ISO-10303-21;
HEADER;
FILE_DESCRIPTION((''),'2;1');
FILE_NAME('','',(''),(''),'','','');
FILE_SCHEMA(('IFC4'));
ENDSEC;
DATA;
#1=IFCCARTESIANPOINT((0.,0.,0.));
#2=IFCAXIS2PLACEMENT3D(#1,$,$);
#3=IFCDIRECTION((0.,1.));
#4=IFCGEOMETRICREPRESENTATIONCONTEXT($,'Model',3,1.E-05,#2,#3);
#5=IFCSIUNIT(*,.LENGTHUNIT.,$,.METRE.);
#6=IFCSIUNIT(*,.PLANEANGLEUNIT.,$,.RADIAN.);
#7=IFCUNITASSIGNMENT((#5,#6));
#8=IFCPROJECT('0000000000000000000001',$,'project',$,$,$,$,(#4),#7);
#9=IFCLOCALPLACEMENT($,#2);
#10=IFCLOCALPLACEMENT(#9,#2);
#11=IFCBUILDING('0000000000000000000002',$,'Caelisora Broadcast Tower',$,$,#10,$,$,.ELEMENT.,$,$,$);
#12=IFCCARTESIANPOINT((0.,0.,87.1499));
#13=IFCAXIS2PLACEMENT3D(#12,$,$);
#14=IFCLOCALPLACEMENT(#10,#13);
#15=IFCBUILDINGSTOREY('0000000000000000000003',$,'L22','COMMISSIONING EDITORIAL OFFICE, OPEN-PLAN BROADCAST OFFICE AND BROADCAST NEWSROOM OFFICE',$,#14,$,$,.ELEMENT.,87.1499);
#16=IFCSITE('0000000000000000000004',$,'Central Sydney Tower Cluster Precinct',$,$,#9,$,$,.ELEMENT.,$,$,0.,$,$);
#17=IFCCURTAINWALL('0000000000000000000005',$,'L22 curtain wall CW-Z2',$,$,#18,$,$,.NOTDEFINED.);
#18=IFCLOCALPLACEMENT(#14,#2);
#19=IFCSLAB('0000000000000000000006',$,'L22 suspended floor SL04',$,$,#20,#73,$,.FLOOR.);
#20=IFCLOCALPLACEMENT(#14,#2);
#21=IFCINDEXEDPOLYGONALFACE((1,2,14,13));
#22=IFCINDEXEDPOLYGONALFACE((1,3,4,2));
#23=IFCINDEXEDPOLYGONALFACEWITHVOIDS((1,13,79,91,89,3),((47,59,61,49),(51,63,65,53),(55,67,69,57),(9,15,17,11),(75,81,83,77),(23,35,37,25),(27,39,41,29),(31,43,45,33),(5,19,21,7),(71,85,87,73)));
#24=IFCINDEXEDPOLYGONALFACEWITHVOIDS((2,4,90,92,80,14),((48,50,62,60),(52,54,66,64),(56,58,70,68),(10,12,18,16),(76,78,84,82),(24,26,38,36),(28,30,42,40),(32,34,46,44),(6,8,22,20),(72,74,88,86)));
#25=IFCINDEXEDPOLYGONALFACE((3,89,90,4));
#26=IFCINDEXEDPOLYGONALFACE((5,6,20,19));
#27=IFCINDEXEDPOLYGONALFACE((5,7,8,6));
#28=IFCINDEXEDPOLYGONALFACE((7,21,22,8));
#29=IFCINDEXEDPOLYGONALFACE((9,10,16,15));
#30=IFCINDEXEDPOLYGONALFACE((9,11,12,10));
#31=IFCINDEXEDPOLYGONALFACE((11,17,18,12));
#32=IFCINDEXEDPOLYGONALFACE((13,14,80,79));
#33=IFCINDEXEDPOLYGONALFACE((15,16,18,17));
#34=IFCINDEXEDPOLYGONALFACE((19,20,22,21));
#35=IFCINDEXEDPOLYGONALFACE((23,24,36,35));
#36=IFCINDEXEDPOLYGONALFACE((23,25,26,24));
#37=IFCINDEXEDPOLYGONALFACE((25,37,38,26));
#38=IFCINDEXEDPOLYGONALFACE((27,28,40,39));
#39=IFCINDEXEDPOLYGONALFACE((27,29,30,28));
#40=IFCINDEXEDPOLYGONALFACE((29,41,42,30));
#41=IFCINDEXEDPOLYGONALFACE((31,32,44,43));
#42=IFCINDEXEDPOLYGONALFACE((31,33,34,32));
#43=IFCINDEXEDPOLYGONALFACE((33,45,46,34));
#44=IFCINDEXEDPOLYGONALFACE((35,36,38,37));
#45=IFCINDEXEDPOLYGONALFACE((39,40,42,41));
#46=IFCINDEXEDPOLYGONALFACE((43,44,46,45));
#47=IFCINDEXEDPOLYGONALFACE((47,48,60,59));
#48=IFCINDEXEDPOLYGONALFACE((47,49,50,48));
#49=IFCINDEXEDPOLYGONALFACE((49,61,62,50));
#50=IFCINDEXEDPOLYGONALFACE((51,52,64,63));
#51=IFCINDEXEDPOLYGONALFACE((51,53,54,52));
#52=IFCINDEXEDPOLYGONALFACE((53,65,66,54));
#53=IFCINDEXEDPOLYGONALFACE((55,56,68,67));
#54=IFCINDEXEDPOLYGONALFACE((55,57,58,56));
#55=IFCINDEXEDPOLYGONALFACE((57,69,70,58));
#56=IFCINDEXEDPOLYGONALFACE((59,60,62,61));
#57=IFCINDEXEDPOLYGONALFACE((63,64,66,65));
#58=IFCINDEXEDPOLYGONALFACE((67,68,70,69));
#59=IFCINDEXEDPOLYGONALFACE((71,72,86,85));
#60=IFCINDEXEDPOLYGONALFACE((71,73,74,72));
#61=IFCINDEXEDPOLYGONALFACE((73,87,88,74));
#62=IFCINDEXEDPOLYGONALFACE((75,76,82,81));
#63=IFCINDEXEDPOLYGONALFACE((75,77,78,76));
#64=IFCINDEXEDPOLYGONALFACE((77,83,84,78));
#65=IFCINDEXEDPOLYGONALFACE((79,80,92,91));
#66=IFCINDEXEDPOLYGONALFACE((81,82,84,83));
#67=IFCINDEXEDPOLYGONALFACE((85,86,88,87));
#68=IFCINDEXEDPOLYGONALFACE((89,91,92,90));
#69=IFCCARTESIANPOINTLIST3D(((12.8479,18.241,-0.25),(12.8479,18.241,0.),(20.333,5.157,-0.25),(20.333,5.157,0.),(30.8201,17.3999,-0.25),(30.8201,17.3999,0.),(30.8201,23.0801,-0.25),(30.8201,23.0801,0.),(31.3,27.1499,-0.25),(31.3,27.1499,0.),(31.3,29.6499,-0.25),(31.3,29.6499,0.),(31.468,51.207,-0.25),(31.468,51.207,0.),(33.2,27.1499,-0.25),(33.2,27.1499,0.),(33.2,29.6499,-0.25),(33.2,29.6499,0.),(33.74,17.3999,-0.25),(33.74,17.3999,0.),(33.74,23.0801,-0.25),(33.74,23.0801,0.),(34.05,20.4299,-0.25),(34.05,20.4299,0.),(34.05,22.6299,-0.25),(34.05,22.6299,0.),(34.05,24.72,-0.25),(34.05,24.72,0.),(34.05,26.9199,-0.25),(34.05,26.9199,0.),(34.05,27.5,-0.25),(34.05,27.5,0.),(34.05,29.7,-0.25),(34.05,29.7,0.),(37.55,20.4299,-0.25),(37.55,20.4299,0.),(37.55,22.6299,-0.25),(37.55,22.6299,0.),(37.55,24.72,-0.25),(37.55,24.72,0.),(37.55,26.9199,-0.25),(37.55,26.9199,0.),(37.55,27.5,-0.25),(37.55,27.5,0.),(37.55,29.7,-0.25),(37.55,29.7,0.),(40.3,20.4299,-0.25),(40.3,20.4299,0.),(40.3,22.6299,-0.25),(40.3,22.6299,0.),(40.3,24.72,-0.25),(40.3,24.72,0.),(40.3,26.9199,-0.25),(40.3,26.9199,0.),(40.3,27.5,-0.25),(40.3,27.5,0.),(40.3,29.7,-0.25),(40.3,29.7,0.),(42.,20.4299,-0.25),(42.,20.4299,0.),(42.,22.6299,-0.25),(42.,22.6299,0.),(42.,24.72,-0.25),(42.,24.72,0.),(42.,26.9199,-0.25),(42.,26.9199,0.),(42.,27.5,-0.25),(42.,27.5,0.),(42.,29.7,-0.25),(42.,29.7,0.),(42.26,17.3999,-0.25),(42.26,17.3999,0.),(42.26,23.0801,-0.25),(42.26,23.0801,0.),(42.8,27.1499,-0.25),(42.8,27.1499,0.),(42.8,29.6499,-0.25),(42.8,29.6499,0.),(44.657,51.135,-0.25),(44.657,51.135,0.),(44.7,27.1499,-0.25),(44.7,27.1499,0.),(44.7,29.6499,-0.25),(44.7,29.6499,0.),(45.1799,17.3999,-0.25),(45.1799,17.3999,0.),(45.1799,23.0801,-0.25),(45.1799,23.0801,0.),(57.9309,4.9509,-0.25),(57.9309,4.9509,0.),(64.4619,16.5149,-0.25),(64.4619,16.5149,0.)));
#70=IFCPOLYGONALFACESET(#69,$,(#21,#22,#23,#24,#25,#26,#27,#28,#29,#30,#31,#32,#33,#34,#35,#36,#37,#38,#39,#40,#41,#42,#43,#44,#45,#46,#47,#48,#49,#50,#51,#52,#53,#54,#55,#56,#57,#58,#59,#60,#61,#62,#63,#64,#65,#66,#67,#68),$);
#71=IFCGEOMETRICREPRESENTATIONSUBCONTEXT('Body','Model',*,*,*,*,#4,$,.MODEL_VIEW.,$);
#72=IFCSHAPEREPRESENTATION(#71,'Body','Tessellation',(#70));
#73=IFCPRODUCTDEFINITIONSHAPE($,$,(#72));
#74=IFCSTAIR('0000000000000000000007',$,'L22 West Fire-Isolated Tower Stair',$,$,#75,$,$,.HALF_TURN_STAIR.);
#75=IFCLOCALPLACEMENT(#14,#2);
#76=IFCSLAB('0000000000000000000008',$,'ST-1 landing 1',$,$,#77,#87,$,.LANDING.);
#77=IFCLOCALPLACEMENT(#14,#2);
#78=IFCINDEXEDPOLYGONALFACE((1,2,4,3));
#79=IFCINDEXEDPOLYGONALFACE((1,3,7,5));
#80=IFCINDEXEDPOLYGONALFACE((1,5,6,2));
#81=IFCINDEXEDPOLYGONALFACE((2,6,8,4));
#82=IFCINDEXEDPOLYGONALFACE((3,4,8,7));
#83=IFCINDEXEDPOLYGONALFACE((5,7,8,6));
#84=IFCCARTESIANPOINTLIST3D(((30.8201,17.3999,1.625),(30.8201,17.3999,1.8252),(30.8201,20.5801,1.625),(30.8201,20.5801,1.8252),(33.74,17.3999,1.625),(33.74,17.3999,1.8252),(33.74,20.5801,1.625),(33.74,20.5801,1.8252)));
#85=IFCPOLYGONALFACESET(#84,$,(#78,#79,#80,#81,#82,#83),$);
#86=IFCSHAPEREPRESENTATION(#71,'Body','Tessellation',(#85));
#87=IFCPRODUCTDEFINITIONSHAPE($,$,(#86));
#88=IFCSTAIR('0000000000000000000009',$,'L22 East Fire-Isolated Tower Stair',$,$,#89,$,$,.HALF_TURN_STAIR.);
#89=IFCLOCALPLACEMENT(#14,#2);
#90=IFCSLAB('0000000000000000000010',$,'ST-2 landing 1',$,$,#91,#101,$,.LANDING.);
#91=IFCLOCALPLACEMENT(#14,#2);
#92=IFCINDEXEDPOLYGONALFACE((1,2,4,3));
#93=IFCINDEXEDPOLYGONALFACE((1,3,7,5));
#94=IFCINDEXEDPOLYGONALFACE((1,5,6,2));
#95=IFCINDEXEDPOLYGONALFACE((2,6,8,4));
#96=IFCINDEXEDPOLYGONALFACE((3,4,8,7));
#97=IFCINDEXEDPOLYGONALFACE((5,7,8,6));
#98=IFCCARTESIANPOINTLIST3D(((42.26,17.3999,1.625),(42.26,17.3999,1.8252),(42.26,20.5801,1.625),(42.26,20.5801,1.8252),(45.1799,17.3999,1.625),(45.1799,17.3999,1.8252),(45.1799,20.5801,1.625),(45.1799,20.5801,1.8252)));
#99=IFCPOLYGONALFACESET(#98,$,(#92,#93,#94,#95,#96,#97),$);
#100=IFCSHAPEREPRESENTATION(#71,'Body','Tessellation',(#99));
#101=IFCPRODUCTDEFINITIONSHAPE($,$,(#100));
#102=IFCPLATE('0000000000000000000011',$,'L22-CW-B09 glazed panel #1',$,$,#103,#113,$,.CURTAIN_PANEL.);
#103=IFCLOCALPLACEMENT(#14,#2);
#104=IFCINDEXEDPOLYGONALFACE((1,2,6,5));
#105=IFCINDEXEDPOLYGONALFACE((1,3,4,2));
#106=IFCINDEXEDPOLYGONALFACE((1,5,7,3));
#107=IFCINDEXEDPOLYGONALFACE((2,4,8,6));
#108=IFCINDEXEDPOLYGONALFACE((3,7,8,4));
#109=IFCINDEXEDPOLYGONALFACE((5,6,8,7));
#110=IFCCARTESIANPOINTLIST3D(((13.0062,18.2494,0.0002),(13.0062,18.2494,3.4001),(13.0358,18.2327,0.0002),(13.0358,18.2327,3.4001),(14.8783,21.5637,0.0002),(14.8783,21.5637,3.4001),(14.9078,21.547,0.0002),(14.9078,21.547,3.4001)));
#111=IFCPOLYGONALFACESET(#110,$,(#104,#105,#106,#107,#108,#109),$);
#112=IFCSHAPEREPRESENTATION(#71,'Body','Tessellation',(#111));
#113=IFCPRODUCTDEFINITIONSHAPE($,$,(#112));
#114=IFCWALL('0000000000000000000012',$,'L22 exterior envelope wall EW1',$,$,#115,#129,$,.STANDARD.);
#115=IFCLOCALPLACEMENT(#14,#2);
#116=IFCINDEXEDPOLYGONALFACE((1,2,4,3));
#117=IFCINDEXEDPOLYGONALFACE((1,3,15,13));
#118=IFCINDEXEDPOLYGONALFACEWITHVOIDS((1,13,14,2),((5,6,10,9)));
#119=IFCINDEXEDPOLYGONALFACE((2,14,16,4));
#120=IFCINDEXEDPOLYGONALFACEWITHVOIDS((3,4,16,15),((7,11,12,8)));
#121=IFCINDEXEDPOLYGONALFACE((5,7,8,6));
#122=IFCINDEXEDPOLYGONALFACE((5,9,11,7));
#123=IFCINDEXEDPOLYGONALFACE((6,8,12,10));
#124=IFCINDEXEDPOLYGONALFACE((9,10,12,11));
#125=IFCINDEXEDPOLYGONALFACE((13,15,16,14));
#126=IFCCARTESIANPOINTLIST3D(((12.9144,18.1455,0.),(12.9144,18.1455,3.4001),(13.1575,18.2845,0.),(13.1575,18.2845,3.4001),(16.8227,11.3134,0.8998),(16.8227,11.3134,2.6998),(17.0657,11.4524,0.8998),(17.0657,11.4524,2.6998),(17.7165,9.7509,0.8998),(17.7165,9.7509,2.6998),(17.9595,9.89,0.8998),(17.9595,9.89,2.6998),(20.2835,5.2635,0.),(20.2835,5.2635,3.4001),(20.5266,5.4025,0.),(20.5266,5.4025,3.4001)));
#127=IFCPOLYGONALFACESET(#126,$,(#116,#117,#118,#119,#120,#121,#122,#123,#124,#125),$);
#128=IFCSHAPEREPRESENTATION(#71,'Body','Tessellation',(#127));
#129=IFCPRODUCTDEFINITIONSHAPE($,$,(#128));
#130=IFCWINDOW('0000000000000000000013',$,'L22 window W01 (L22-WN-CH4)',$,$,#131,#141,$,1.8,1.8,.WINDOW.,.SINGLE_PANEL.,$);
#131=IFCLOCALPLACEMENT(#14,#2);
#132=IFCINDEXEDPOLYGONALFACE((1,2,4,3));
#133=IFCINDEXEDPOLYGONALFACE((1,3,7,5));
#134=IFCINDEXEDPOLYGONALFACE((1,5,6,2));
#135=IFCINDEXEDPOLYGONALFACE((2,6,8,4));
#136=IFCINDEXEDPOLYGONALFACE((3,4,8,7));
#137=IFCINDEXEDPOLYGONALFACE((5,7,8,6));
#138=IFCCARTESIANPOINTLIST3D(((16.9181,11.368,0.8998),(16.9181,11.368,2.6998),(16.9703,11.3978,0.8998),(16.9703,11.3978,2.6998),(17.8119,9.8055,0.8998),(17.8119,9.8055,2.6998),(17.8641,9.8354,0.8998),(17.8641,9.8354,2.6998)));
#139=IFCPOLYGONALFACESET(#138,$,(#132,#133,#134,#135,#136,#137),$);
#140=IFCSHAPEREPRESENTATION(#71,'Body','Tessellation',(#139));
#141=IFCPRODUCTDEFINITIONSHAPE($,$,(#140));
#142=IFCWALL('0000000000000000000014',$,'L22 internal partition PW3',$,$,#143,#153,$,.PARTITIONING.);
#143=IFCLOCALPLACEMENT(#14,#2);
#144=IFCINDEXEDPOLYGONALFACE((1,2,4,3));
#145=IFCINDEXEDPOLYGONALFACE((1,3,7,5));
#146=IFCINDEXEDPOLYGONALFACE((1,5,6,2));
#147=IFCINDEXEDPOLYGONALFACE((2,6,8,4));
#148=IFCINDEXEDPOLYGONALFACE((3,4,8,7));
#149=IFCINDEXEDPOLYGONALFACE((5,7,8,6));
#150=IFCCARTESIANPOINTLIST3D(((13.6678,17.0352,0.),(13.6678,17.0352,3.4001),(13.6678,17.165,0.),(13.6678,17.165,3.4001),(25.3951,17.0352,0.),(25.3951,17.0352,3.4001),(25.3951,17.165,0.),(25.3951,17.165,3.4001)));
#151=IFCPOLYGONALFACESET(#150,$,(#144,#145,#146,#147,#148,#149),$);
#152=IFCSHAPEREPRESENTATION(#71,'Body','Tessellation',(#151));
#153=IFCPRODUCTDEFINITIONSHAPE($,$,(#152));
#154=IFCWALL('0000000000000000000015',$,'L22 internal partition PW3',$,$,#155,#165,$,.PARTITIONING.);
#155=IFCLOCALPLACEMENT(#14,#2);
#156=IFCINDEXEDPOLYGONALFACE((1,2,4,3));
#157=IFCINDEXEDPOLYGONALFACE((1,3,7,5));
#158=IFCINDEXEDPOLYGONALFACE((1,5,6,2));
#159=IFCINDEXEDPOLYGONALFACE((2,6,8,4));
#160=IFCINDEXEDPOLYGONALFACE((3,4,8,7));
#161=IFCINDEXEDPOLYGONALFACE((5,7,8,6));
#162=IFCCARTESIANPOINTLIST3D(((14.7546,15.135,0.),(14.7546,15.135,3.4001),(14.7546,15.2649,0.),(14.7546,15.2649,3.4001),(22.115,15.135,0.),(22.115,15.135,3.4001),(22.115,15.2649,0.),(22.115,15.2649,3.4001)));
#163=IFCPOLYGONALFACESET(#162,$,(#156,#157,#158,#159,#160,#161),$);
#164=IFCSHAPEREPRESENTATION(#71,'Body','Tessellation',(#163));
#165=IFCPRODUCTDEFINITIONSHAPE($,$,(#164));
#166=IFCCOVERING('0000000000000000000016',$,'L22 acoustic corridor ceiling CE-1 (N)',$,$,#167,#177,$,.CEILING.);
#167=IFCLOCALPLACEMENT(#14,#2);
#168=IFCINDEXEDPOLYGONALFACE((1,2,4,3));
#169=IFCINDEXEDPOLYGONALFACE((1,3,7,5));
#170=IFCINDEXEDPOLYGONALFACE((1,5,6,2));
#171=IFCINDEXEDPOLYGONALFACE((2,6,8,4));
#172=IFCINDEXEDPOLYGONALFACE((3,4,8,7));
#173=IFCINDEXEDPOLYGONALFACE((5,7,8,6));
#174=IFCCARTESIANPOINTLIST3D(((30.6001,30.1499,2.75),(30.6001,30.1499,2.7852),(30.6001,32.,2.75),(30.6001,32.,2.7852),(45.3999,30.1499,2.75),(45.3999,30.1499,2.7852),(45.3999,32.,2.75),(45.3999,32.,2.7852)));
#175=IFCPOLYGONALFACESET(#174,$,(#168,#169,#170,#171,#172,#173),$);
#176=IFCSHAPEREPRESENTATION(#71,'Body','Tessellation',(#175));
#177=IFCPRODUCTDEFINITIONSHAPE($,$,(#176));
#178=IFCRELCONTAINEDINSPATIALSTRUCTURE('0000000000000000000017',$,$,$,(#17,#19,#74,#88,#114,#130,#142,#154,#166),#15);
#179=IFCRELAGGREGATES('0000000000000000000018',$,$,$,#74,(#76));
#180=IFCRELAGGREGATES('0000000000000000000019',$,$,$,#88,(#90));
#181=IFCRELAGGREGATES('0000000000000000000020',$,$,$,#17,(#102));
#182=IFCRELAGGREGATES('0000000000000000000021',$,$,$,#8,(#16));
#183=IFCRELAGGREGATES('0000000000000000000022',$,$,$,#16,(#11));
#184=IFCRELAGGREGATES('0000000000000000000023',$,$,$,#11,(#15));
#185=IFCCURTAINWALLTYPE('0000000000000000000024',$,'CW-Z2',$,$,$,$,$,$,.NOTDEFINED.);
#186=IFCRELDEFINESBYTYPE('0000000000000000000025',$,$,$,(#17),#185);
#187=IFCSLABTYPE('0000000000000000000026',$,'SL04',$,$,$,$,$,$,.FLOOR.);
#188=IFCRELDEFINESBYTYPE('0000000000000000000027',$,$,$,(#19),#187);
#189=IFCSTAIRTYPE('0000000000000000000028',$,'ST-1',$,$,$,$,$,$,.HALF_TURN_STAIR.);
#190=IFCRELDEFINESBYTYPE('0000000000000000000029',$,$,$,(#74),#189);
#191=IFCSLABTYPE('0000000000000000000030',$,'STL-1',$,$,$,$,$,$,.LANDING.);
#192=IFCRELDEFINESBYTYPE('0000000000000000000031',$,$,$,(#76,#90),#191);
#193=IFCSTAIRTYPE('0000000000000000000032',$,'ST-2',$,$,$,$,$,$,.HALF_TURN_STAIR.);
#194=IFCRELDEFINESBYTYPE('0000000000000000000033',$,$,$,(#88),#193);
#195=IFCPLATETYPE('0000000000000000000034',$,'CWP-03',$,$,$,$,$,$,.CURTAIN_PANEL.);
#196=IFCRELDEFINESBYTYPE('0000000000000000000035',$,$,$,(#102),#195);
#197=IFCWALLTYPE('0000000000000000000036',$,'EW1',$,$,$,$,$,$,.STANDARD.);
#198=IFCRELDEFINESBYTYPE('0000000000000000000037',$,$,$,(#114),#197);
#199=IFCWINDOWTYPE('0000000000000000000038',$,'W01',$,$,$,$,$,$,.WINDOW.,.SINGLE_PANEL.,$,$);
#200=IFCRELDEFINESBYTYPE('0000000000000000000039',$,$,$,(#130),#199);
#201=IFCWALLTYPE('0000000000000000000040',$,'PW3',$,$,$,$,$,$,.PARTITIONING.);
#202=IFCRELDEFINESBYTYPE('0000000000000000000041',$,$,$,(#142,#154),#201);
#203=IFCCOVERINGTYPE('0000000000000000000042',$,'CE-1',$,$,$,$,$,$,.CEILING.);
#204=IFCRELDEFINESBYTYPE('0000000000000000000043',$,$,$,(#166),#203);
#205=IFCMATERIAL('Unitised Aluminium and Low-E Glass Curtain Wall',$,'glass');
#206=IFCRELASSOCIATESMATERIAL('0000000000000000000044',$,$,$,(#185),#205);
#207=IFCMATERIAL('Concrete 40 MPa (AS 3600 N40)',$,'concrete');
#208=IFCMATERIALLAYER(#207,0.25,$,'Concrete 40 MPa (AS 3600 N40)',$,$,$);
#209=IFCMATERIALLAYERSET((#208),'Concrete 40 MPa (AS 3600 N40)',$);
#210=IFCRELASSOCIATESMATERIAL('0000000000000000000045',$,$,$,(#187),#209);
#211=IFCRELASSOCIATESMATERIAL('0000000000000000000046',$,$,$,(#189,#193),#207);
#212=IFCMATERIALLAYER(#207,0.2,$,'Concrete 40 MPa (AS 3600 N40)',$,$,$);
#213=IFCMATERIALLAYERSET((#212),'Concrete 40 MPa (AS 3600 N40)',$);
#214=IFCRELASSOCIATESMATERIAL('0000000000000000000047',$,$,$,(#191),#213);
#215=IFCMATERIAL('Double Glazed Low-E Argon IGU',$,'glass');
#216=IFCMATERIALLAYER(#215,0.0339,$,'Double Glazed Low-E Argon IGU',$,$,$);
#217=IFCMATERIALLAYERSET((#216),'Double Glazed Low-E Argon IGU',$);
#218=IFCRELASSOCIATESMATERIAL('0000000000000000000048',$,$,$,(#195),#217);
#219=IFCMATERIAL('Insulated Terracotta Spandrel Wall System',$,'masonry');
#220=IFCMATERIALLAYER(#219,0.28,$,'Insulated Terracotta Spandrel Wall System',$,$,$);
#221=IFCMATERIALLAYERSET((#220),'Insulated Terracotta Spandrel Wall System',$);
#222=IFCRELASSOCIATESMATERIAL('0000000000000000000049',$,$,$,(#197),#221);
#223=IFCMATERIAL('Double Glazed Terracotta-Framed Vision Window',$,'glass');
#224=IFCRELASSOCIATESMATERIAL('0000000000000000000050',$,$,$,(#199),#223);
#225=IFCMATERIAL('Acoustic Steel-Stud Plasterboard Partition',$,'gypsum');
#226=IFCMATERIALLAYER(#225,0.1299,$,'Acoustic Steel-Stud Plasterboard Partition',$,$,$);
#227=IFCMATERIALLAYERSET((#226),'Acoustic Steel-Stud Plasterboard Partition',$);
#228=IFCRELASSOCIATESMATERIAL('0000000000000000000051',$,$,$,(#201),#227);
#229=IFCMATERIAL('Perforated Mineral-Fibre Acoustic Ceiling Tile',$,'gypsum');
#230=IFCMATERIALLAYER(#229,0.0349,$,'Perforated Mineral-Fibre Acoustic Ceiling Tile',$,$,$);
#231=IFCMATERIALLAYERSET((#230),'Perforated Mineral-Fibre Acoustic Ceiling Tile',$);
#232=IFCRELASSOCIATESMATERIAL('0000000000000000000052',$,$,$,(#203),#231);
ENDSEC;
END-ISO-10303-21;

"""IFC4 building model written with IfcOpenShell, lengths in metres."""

from ifc_helpers import new_model, si_unit, direction, frame, frame_2d, origin, origin_2d, place, context, subcontext, project, spatial, polyline, rectangle, outline, extrude, source, transform, mapped, material, layer, layer_set, type_object, type_shapes, element, fill, aggregate, save


model = new_model("IFC4")

# Units and contexts
model_context = context("Model", 3, precision=1e-05, world=origin(), true_north=direction((0.0, 1.0)))
body_context = subcontext(model_context, "Body", "Model", "MODEL_VIEW")
ifc_project = project(units=[si_unit("LENGTHUNIT", "METRE"), si_unit("PLANEANGLEUNIT", "RADIAN")], contexts=[model_context])

# Site, building, storey
site_placement = place(None, origin())
site = spatial("IfcSite", under=ifc_project, at=site_placement, Name="Central Sydney Tower Cluster Precinct", CompositionType="ELEMENT", RefElevation=0.0)
building_placement = place(site_placement, origin())
building = spatial("IfcBuilding", under=site, at=building_placement, Name="Caelisora Broadcast Tower", CompositionType="ELEMENT")
storey_placement = place(building_placement, frame((0.0, 0.0, 87.1499)))
storey = spatial("IfcBuildingStorey", under=building, at=storey_placement, Name="L22", Description="COMMISSIONING EDITORIAL OFFICE, OPEN-PLAN BROADCAST OFFICE AND BROADCAST NEWSROOM OFFICE", CompositionType="ELEMENT", Elevation=87.1499)

# Curtain wall
ifc_material_1 = material(Name="Unitised Aluminium and Low-E Glass Curtain Wall", Category="glass")
curtain_wall_type = type_object("IfcCurtainWallType", Name="CW-Z2", PredefinedType="NOTDEFINED", material=ifc_material_1)
curtain_wall_placement = place(storey_placement, origin())
curtain_wall = element("IfcCurtainWall", 1, at=curtain_wall_placement, inside=storey, type_object=curtain_wall_type, Name="L22 curtain wall CW-Z2", PredefinedType="NOTDEFINED")

# Slab
ifc_material_2 = material(Name="Concrete 40 MPa (AS 3600 N40)", Category="concrete")
ifc_layer_1 = layer(ifc_material_2, 0.25, Name="Concrete 40 MPa (AS 3600 N40)")
ifc_layer_set_1 = layer_set([ifc_layer_1], Name="Concrete 40 MPa (AS 3600 N40)")
slab_type_1 = type_object("IfcSlabType", Name="SL04", PredefinedType="FLOOR", material=ifc_layer_set_1)
slab_1_placement = place(storey_placement, frame((0.0, 0.0, -0.25)))
element("IfcSlab", 2, at=slab_1_placement, inside=storey, type_object=slab_type_1, Name="L22 suspended floor SL04", PredefinedType="FLOOR", context=body_context, shape_type="SweptSolid", body=[
    extrude(outline(polyline([(44.657, 51.135), (31.468, 51.207), (12.8479, 18.241), (20.333, 5.157), (57.9309, 4.9509), (64.4619, 16.5149), (44.657, 51.135)]), holes=[polyline([(30.8201, 17.3999), (33.74, 17.3999), (33.74, 23.0801), (30.8201, 23.0801), (30.8201, 17.3999)]), polyline([(42.26, 17.3999), (45.1799, 17.3999), (45.1799, 23.0801), (42.26, 23.0801), (42.26, 17.3999)]), polyline([(42.8, 27.1499), (44.7, 27.1499), (44.7, 29.6499), (42.8, 29.6499), (42.8, 27.1499)]), polyline([(40.3, 20.4299), (42.0, 20.4299), (42.0, 22.6299), (40.3, 22.6299), (40.3, 20.4299)]), polyline([(40.3, 24.72), (42.0, 24.72), (42.0, 26.9199), (40.3, 26.9199), (40.3, 24.72)]), polyline([(40.3, 27.5), (42.0, 27.5), (42.0, 29.7), (40.3, 29.7), (40.3, 27.5)]), polyline([(34.05, 20.4299), (37.55, 20.4299), (37.55, 22.6299), (34.05, 22.6299), (34.05, 20.4299)]), polyline([(34.05, 24.72), (37.55, 24.72), (37.55, 26.9199), (34.05, 26.9199), (34.05, 24.72)]), polyline([(34.05, 27.5), (37.55, 27.5), (37.55, 29.7), (34.05, 29.7), (34.05, 27.5)]), polyline([(31.3, 27.1499), (33.2, 27.1499), (33.2, 29.6499), (31.3, 29.6499), (31.3, 27.1499)])]), origin(), (0.0, 0.0, 1.0), 0.25),
])

# Stairs, slabs
stair_type_1 = type_object("IfcStairType", Name="ST-1", PredefinedType="HALF_TURN_STAIR", material=ifc_material_2)
stair_1_placement = place(storey_placement, origin())
stair_1 = element("IfcStair", 3, at=stair_1_placement, inside=storey, type_object=stair_type_1, Name="L22 West Fire-Isolated Tower Stair", PredefinedType="HALF_TURN_STAIR")
ifc_layer_2 = layer(ifc_material_2, 0.2, Name="Concrete 40 MPa (AS 3600 N40)")
ifc_layer_set_2 = layer_set([ifc_layer_2], Name="Concrete 40 MPa (AS 3600 N40)")
slab_type_2 = type_object("IfcSlabType", Name="STL-1", PredefinedType="LANDING", material=ifc_layer_set_2)
slab_2_placement = place(storey_placement, frame((0.0, 0.0, 1.625)))
slab_2 = element("IfcSlab", 4, at=slab_2_placement, type_object=slab_type_2, Name="ST-1 landing 1", PredefinedType="LANDING", context=body_context, shape_type="SweptSolid", body=[
    extrude(outline(polyline([(30.8201, 20.5801), (30.8201, 17.3999), (33.74, 17.3999), (33.74, 20.5801), (30.8201, 20.5801)])), origin(), (0.0, 0.0, 1.0), 0.2002),
])
aggregate(stair_1, [slab_2])
stair_type_2 = type_object("IfcStairType", Name="ST-2", PredefinedType="HALF_TURN_STAIR", material=ifc_material_2)
stair_2_placement = place(storey_placement, origin())
stair_2 = element("IfcStair", 5, at=stair_2_placement, inside=storey, type_object=stair_type_2, Name="L22 East Fire-Isolated Tower Stair", PredefinedType="HALF_TURN_STAIR")
slab_3_placement = place(storey_placement, frame((0.0, 0.0, 1.625)))
slab_3 = element("IfcSlab", 6, at=slab_3_placement, type_object=slab_type_2, Name="ST-2 landing 1", PredefinedType="LANDING", context=body_context, shape_type="SweptSolid", body=[
    extrude(outline(polyline([(42.26, 20.5801), (42.26, 17.3999), (45.1799, 17.3999), (45.1799, 20.5801), (42.26, 20.5801)])), origin(), (0.0, 0.0, 1.0), 0.2002),
])
aggregate(stair_2, [slab_3])

# Plate
ifc_material_3 = material(Name="Double Glazed Low-E Argon IGU", Category="glass")
ifc_layer_3 = layer(ifc_material_3, 0.0339, Name="Double Glazed Low-E Argon IGU")
ifc_layer_set_3 = layer_set([ifc_layer_3], Name="Double Glazed Low-E Argon IGU")
plate_type = type_object("IfcPlateType", Name="CWP-03", PredefinedType="CURTAIN_PANEL", material=ifc_layer_set_3)
shared_shape_1 = source(origin(), body_context, "Body", "SweptSolid", [
    extrude(rectangle(XDim=3.8064, YDim=0.0339, at=origin_2d()), origin(), (0.0, 0.0, 1.0), 3.3999),
])
type_shapes(plate_type, [shared_shape_1])
plate_placement = place(storey_placement, frame((13.957, 19.8982, 0.0002), z_axis=(0.0, 0.0, 1.0), x_axis=(0.491816, 0.870699, 0.0)))
plate = element("IfcPlate", 7, at=plate_placement, type_object=plate_type, Name="L22-CW-B09 glazed panel #1", PredefinedType="CURTAIN_PANEL", context=body_context, shape_type="MappedRepresentation", body=[
    mapped(shared_shape_1, transform((0.0, 0.0, 0.0), scale=1.0)),
])
aggregate(curtain_wall, [plate])

# Wall, opening, window
ifc_material_4 = material(Name="Insulated Terracotta Spandrel Wall System", Category="masonry")
ifc_layer_4 = layer(ifc_material_4, 0.28, Name="Insulated Terracotta Spandrel Wall System")
ifc_layer_set_4 = layer_set([ifc_layer_4], Name="Insulated Terracotta Spandrel Wall System")
wall_type_1 = type_object("IfcWallType", Name="EW1", PredefinedType="STANDARD", material=ifc_layer_set_4)
wall_1_placement = place(storey_placement, frame((20.405, 5.333, 0.0), z_axis=(0.0, 0.0, 1.0), x_axis=(-0.496543, 0.868012, 0.0)))
wall_1 = element("IfcWall", 8, at=wall_1_placement, inside=storey, type_object=wall_type_1, Name="L22 exterior envelope wall EW1", PredefinedType="STANDARD", context=body_context, shape_type="SweptSolid", body=[
    extrude(rectangle(XDim=14.8408, YDim=0.28, at=frame_2d((7.4204, 0.0))), origin(), (0.0, 0.0, 1.0), 3.4001),
])
opening_placement = place(wall_1_placement, frame((5.1699, 0.0, 0.8999)))
opening = element("IfcOpeningElement", 9, at=opening_placement, cuts=wall_1, PredefinedType="OPENING", context=body_context, shape_type="SweptSolid", body=[
    extrude(rectangle(XDim=1.8, YDim=1.8, at=frame_2d((0.8999, 0.8999))), frame((0.0, 0.1521, 0.0), z_axis=(0.0, -1.0, 0.0), x_axis=(1.0, 0.0, 0.0)), (0.0, 0.0, 1.0), 0.304),
])
ifc_material_5 = material(Name="Double Glazed Terracotta-Framed Vision Window", Category="glass")
window_type = type_object("IfcWindowType", Name="W01", PartitioningType="SINGLE_PANEL", PredefinedType="WINDOW", material=ifc_material_5)
window_placement = place(opening_placement, origin())
window = element("IfcWindow", 10, at=window_placement, inside=storey, type_object=window_type, Name="L22 window W01 (L22-WN-CH4)", OverallHeight=1.8, OverallWidth=1.8, PartitioningType="SINGLE_PANEL", PredefinedType="WINDOW", context=body_context, shape_type="SweptSolid", body=[
    extrude(rectangle(XDim=1.8, YDim=1.8, at=frame_2d((0.8999, 0.8999))), frame((0.0, 0.03, 0.0), z_axis=(0.0, -1.0, 0.0), x_axis=(1.0, 0.0, 0.0)), (0.0, 0.0, 1.0), 0.0601),
])
fill(opening, window)

# Walls
ifc_material_6 = material(Name="Acoustic Steel-Stud Plasterboard Partition", Category="gypsum")
ifc_layer_5 = layer(ifc_material_6, 0.1299, Name="Acoustic Steel-Stud Plasterboard Partition")
ifc_layer_set_5 = layer_set([ifc_layer_5], Name="Acoustic Steel-Stud Plasterboard Partition")
wall_type_2 = type_object("IfcWallType", Name="PW3", PredefinedType="PARTITIONING", material=ifc_layer_set_5)
wall_2_placement = place(storey_placement, frame((13.6677, 17.1001, 0.0), z_axis=(0.0, 0.0, 1.0), x_axis=(1.0, 0.0, 0.0)))
element("IfcWall", 11, at=wall_2_placement, inside=storey, type_object=wall_type_2, Name="L22 internal partition PW3", PredefinedType="PARTITIONING", context=body_context, shape_type="SweptSolid", body=[
    extrude(rectangle(XDim=11.7273, YDim=0.1299, at=frame_2d((5.8638, 0.0))), origin(), (0.0, 0.0, 1.0), 3.4001),
])
wall_3_placement = place(storey_placement, frame((14.7546, 15.2, 0.0), z_axis=(0.0, 0.0, 1.0), x_axis=(1.0, 0.0, 0.0)))
element("IfcWall", 12, at=wall_3_placement, inside=storey, type_object=wall_type_2, Name="L22 internal partition PW3", PredefinedType="PARTITIONING", context=body_context, shape_type="SweptSolid", body=[
    extrude(rectangle(XDim=7.3604, YDim=0.1299, at=frame_2d((3.6802, 0.0))), origin(), (0.0, 0.0, 1.0), 3.4001),
])

# Covering
ifc_material_7 = material(Name="Perforated Mineral-Fibre Acoustic Ceiling Tile", Category="gypsum")
ifc_layer_6 = layer(ifc_material_7, 0.0349, Name="Perforated Mineral-Fibre Acoustic Ceiling Tile")
ifc_layer_set_6 = layer_set([ifc_layer_6], Name="Perforated Mineral-Fibre Acoustic Ceiling Tile")
covering_type_1 = type_object("IfcCoveringType", Name="CE-1", PredefinedType="CEILING", material=ifc_layer_set_6)
covering_1_placement = place(storey_placement, frame((0.0, 0.0, 2.75)))
element("IfcCovering", 13, at=covering_1_placement, inside=storey, type_object=covering_type_1, Name="L22 acoustic corridor ceiling CE-1 (N)", PredefinedType="CEILING", context=body_context, shape_type="SweptSolid", body=[
    extrude(outline(polyline([(30.6001, 30.1499), (45.3999, 30.1499), (45.3999, 32.0), (30.6001, 32.0), (30.6001, 30.1499)])), origin(), (0.0, 0.0, 1.0), 0.0352),
])

save(model, "model.ifc")
